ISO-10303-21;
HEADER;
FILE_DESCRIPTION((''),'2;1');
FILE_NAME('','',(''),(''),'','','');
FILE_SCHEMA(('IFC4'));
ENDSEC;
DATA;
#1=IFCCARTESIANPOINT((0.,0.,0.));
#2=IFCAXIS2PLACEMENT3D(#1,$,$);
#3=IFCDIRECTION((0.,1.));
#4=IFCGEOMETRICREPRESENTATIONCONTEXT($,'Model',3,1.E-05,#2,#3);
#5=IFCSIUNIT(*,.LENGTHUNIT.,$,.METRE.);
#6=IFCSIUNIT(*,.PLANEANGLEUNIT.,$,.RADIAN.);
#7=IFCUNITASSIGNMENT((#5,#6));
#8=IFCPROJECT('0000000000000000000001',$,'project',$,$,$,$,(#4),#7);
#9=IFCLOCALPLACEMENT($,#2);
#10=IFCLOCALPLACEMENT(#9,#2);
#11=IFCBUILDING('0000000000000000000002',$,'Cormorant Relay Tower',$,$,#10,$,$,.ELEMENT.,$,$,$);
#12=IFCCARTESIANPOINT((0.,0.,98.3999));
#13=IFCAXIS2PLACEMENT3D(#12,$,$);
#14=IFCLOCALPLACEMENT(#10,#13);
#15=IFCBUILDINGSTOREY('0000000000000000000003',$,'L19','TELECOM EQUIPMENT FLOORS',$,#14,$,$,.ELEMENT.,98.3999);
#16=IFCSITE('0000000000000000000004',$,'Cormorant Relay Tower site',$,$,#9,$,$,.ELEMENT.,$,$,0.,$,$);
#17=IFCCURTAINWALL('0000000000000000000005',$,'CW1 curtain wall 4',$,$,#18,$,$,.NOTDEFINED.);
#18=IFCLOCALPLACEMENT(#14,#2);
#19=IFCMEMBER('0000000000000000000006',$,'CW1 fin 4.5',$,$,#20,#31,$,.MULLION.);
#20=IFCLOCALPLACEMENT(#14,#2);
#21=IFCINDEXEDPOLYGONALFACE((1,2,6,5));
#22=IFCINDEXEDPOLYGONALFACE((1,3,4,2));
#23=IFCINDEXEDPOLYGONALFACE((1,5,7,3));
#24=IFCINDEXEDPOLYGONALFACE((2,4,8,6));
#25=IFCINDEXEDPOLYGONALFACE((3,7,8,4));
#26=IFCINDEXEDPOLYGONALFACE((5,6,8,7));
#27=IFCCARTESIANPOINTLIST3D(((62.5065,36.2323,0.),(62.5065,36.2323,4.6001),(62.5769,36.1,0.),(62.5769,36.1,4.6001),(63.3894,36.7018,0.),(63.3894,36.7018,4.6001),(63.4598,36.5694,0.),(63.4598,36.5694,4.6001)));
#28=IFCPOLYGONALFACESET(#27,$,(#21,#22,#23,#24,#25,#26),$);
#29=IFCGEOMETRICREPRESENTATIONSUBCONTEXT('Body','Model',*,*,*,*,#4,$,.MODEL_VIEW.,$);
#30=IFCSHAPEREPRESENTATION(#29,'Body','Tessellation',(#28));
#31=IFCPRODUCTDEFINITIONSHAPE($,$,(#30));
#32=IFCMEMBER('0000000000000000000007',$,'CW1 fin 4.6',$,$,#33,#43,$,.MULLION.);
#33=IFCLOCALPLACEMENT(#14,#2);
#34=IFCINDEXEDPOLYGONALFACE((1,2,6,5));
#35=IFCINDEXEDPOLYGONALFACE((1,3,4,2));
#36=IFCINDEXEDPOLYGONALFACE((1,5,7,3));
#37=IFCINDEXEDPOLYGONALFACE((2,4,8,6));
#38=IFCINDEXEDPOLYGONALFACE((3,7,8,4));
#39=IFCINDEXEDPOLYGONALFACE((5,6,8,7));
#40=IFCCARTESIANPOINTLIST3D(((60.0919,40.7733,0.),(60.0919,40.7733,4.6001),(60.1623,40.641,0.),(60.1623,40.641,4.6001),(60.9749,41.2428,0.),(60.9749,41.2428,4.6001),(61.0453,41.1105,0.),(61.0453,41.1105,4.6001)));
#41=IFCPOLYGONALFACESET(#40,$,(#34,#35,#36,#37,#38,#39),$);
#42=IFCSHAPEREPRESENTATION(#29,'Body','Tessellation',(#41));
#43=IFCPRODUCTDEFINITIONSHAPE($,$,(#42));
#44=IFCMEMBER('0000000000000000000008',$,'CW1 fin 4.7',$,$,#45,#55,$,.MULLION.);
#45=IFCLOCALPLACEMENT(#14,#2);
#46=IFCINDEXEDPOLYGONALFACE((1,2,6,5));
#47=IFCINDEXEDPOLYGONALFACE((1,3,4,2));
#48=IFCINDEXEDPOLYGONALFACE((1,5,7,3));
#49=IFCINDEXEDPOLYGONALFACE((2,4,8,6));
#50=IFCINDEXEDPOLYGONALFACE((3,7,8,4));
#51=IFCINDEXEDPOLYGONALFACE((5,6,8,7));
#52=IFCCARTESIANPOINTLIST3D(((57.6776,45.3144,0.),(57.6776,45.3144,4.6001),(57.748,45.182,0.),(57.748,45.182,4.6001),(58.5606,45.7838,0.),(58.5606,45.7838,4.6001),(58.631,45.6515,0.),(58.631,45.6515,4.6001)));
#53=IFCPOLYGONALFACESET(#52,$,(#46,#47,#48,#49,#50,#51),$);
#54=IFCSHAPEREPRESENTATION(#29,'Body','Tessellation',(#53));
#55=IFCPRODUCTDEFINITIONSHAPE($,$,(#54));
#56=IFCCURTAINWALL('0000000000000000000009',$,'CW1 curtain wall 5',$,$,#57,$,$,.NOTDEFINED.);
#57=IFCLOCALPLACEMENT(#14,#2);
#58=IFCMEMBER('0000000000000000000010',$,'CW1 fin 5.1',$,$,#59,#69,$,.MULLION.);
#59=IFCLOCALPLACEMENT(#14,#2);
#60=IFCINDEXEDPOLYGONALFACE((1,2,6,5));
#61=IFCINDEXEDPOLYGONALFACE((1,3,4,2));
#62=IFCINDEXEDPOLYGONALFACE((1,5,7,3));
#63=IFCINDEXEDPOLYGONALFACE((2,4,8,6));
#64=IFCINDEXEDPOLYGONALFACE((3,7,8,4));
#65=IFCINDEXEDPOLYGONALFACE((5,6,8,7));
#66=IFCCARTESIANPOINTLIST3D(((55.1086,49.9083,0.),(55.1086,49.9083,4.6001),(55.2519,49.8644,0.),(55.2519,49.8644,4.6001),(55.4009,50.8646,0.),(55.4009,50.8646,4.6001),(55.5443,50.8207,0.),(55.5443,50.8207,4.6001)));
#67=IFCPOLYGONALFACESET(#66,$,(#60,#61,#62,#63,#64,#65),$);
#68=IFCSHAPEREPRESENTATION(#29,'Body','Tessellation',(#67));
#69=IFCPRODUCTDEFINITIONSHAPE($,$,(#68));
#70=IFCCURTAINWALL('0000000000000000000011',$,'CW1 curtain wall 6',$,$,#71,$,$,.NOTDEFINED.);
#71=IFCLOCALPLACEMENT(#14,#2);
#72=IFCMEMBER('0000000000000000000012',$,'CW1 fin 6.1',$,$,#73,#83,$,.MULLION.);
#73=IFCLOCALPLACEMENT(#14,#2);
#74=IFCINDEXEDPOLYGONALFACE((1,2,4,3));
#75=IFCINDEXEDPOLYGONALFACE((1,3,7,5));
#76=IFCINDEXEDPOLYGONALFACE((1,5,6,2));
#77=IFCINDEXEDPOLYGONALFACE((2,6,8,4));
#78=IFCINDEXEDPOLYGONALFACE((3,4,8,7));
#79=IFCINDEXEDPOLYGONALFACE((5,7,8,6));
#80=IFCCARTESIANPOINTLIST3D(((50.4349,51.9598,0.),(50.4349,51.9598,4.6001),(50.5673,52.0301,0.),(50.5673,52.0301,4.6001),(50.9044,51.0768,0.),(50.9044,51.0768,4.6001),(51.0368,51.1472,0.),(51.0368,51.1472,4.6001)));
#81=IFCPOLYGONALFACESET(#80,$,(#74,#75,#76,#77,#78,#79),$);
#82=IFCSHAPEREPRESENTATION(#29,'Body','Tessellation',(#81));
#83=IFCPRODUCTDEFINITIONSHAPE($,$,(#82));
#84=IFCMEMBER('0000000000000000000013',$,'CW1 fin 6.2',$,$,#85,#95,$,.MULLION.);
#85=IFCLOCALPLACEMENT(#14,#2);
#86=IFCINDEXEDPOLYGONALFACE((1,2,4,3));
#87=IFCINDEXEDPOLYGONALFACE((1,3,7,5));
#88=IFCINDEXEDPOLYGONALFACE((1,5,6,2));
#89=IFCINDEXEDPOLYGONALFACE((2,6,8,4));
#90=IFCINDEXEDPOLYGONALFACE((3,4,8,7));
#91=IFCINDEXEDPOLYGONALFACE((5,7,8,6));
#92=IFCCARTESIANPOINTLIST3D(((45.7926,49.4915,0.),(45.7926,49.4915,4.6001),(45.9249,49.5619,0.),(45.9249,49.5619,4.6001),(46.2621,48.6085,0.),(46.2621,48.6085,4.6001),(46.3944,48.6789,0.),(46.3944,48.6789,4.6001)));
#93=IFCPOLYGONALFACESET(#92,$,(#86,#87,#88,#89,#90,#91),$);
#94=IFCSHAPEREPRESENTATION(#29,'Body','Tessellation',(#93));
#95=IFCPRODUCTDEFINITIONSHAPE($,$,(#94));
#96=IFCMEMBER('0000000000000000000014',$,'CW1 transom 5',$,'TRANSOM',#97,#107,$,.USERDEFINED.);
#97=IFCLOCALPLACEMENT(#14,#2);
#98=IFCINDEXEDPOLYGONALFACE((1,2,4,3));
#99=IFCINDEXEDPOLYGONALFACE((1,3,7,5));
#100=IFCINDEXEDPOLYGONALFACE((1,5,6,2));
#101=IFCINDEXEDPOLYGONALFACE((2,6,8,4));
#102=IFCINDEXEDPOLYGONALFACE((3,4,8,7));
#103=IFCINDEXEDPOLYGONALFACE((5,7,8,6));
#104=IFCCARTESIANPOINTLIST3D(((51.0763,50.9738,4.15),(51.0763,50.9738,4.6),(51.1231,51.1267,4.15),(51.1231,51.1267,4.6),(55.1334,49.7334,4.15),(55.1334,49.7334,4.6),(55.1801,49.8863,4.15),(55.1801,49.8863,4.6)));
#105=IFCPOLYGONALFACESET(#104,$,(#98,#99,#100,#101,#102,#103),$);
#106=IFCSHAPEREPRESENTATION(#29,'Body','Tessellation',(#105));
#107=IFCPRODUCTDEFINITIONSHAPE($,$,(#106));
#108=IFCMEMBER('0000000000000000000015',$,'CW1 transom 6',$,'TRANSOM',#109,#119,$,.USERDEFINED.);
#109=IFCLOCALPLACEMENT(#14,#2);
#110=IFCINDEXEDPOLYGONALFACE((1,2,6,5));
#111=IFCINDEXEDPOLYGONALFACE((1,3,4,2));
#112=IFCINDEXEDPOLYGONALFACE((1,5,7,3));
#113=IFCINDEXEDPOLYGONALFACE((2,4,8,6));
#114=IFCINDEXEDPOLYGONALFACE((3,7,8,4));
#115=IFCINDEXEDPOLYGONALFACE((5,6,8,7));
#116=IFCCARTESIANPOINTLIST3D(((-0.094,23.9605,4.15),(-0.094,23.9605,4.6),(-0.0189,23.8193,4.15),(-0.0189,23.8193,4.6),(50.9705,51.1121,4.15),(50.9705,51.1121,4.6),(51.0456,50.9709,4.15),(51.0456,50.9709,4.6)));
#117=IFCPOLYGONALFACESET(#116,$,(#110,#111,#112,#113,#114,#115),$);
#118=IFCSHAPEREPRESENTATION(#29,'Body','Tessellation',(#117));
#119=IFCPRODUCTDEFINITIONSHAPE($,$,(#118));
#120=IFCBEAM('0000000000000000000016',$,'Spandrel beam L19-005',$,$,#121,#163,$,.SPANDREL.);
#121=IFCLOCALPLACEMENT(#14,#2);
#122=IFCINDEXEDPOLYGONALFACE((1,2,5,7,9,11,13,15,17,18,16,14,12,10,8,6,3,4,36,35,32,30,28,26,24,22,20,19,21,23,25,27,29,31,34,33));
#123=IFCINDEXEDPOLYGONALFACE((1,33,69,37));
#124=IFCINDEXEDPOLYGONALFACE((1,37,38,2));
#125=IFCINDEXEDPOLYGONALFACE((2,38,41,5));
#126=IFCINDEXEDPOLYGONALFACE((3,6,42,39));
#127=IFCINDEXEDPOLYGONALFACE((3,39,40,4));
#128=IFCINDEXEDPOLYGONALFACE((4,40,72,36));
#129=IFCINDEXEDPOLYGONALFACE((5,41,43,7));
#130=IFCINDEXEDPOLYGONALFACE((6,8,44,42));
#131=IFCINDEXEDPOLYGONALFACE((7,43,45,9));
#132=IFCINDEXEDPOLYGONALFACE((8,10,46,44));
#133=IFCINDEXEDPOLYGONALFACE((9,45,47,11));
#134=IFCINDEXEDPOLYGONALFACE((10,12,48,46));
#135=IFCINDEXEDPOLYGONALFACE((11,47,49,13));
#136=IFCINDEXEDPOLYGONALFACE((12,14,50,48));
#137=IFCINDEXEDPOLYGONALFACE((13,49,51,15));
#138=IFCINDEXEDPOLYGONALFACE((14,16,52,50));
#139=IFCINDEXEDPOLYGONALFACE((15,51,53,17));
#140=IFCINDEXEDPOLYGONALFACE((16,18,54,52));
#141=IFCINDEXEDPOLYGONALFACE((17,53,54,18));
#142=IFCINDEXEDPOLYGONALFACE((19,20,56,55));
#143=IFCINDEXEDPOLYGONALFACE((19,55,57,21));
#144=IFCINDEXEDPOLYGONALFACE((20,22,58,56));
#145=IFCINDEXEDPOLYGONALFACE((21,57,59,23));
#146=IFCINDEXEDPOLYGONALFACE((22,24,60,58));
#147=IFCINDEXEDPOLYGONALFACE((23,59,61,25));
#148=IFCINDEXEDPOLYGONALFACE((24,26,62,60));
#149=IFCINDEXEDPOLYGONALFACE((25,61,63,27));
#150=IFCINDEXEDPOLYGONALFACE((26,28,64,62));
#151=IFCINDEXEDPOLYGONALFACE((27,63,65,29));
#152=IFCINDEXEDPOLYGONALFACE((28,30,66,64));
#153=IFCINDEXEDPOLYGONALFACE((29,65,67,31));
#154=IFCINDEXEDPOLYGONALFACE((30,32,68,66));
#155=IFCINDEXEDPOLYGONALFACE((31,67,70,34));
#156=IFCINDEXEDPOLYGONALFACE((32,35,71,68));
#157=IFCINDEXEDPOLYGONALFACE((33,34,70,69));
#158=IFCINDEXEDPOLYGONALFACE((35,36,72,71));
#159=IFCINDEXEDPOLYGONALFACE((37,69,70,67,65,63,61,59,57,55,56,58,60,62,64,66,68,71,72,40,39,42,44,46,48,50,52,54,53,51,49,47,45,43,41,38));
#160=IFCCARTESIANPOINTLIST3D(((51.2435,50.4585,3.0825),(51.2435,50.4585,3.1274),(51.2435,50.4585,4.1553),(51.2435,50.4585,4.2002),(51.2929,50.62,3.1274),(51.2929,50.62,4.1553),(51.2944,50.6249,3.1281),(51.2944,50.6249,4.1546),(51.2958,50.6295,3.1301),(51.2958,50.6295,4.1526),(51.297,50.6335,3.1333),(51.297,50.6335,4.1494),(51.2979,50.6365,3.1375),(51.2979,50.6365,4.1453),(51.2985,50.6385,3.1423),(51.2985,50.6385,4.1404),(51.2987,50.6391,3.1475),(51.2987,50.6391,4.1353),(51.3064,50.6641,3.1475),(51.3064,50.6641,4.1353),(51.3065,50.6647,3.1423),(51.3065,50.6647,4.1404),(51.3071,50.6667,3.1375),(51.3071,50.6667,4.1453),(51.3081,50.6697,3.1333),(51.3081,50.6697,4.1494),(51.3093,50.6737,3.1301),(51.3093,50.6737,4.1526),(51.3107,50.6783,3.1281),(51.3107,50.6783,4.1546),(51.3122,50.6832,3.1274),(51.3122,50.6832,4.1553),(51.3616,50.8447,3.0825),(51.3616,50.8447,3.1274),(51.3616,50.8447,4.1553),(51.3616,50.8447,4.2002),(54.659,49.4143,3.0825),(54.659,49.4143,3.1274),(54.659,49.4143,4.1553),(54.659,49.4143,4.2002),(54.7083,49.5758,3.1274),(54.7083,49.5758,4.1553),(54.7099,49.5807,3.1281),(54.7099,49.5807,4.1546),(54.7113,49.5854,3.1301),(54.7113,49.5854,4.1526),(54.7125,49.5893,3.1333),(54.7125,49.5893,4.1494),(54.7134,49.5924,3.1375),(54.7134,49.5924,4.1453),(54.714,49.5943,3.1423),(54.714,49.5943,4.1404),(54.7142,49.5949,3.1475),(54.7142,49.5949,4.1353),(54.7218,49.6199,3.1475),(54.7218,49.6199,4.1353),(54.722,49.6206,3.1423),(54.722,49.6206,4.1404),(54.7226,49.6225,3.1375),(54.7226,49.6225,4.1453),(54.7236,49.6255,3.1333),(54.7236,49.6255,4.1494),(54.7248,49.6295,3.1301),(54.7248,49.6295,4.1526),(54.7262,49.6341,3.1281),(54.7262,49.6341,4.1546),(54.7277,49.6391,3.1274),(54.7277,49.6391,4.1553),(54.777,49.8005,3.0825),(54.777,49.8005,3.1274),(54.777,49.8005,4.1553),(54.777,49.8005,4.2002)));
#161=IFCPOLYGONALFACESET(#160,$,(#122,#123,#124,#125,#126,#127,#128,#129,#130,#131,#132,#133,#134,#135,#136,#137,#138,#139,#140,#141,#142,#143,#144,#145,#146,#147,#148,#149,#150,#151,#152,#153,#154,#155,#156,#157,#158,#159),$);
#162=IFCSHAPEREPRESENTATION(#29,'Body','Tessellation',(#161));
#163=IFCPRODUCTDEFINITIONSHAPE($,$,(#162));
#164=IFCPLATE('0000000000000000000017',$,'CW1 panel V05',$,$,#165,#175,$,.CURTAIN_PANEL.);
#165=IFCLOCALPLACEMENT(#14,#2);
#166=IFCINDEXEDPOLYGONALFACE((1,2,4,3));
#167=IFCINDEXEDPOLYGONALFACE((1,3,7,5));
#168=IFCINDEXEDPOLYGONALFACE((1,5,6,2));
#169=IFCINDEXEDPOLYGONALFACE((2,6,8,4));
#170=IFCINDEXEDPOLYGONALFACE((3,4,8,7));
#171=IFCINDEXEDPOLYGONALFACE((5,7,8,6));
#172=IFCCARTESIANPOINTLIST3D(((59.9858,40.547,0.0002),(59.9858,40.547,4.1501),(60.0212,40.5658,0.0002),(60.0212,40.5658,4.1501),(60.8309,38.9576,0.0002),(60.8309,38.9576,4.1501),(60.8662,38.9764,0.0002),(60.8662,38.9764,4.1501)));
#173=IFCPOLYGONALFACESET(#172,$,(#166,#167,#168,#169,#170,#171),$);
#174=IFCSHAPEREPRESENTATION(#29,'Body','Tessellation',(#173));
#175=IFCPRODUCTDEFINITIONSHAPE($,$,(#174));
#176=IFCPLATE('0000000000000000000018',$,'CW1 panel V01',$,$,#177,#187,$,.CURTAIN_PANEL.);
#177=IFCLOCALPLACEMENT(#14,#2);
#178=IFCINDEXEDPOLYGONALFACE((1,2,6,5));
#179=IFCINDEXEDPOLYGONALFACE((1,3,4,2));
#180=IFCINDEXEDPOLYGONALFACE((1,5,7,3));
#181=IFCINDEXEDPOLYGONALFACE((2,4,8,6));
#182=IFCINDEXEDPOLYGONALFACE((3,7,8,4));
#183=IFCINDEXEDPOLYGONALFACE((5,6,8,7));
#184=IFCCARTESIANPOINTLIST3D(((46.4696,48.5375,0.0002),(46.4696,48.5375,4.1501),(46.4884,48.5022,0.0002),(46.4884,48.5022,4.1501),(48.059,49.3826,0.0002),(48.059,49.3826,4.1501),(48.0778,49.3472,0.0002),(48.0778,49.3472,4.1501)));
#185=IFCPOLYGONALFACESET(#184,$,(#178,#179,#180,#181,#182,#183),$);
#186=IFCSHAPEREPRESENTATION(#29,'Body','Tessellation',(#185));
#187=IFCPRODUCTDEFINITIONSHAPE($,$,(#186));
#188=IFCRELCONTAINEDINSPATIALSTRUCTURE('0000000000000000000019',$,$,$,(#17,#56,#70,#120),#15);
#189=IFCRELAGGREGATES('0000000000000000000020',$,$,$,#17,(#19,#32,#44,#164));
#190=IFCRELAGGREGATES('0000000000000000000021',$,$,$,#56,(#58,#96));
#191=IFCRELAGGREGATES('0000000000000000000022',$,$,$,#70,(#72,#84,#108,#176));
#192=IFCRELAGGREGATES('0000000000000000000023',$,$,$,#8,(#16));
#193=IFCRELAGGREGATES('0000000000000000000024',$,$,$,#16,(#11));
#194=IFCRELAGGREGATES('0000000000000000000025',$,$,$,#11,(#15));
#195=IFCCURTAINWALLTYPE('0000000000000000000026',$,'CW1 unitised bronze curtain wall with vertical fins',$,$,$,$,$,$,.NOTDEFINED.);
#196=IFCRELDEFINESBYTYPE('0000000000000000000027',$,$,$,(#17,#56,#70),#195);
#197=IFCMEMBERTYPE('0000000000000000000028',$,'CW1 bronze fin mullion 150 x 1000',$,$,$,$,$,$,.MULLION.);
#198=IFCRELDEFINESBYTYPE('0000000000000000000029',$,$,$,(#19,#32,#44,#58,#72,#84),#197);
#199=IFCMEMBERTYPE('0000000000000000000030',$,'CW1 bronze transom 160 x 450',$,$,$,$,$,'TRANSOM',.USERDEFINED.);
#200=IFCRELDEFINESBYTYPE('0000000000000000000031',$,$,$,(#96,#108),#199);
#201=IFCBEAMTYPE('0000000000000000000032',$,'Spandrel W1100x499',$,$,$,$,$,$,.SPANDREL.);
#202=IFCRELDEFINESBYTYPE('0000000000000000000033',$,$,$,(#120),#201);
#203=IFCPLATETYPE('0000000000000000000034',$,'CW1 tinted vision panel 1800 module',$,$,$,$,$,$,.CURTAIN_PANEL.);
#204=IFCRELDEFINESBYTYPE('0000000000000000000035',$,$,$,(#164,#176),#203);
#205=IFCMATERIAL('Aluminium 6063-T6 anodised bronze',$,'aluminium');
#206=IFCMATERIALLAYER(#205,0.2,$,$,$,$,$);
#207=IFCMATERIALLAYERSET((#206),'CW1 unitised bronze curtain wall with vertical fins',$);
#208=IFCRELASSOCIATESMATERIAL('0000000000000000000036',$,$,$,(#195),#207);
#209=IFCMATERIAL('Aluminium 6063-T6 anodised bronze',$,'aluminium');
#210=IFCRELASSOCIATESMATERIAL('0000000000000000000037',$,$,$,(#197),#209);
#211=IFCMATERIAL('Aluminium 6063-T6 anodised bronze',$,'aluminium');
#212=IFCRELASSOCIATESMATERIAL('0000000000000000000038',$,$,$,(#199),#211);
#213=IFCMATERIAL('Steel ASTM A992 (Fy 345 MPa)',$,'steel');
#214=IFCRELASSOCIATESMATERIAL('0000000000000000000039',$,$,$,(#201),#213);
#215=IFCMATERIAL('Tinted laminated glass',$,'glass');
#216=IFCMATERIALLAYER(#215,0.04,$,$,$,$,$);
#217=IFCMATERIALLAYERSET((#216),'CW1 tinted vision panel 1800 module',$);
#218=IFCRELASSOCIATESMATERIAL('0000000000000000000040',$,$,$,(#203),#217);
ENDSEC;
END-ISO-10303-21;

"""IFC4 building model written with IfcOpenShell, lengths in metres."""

from ifc_helpers import new_model, si_unit, direction, frame, origin, origin_2d, place, context, subcontext, project, spatial, rectangle, i_section, extrude, material, layer, layer_set, material_profile, profile_set, type_object, element, aggregate, save


model = new_model("IFC4")

# Units and contexts
model_context = context("Model", 3, precision=1e-05, world=origin(), true_north=direction((0.0, 1.0)))
body_context = subcontext(model_context, "Body", "Model", "MODEL_VIEW")
ifc_project = project(units=[si_unit("LENGTHUNIT", "METRE"), si_unit("PLANEANGLEUNIT", "RADIAN")], contexts=[model_context])

# Site, building, storey
site_placement = place(None, origin())
site = spatial("IfcSite", under=ifc_project, at=site_placement, Name="Cormorant Relay Tower site", CompositionType="ELEMENT", RefElevation=0.0)
building_placement = place(site_placement, origin())
building = spatial("IfcBuilding", under=site, at=building_placement, Name="Cormorant Relay Tower", CompositionType="ELEMENT")
storey_placement = place(building_placement, frame((0.0, 0.0, 98.3999)))
storey = spatial("IfcBuildingStorey", under=building, at=storey_placement, Name="L19", Description="TELECOM EQUIPMENT FLOORS", CompositionType="ELEMENT", Elevation=98.3999)

# Curtain wall, members
ifc_material_1 = material(Name="Aluminium 6063-T6 anodised bronze", Category="aluminium")
ifc_layer_1 = layer(ifc_material_1, 0.2)
ifc_layer_set_1 = layer_set([ifc_layer_1], Name="CW1 unitised bronze curtain wall with vertical fins")
curtain_wall_type = type_object("IfcCurtainWallType", Name="CW1 unitised bronze curtain wall with vertical fins", PredefinedType="NOTDEFINED", material=ifc_layer_set_1)
curtain_wall_1_placement = place(storey_placement, origin())
curtain_wall_1 = element("IfcCurtainWall", 1, at=curtain_wall_1_placement, inside=storey, type_object=curtain_wall_type, Name="CW1 curtain wall 4", PredefinedType="NOTDEFINED")
ifc_material_2 = material(Name="Aluminium 6063-T6 anodised bronze", Category="aluminium")
ifc_material_profile_1 = material_profile(ifc_material_2, rectangle(XDim=0.1499, YDim=1.0, at=origin_2d()), Name="AL 150x1000")
ifc_profile_set_1 = profile_set([ifc_material_profile_1], Name="Aluminium 6063-T6 anodised bronze")
member_type_1 = type_object("IfcMemberType", Name="CW1 bronze fin mullion 150 x 1000", PredefinedType="MULLION", material=ifc_profile_set_1)
member_1_placement = place(storey_placement, frame((62.9832, 36.4009, 0.0), z_axis=(0.0, 0.0, 1.0), x_axis=(-0.469472, 0.882948, 0.0)))
member_1 = element("IfcMember", 2, at=member_1_placement, type_object=member_type_1, Name="CW1 fin 4.5", PredefinedType="MULLION", context=body_context, shape_type="SweptSolid", body=[
    extrude(rectangle(XDim=0.1499, YDim=1.0, at=origin_2d()), origin(), (0.0, 0.0, 1.0), 4.6001),
])
member_2_placement = place(storey_placement, frame((60.5686, 40.9419, 0.0), z_axis=(0.0, 0.0, 1.0), x_axis=(-0.469472, 0.882948, 0.0)))
member_2 = element("IfcMember", 3, at=member_2_placement, type_object=member_type_1, Name="CW1 fin 4.6", PredefinedType="MULLION", context=body_context, shape_type="SweptSolid", body=[
    extrude(rectangle(XDim=0.1499, YDim=1.0, at=origin_2d()), origin(), (0.0, 0.0, 1.0), 4.6001),
])
member_3_placement = place(storey_placement, frame((58.1543, 45.4829, 0.0), z_axis=(0.0, 0.0, 1.0), x_axis=(-0.469472, 0.882948, 0.0)))
member_3 = element("IfcMember", 4, at=member_3_placement, type_object=member_type_1, Name="CW1 fin 4.7", PredefinedType="MULLION", context=body_context, shape_type="SweptSolid", body=[
    extrude(rectangle(XDim=0.1499, YDim=1.0, at=origin_2d()), origin(), (0.0, 0.0, 1.0), 4.6001),
])

# Curtain wall, member
curtain_wall_2_placement = place(storey_placement, origin())
curtain_wall_2 = element("IfcCurtainWall", 5, at=curtain_wall_2_placement, inside=storey, type_object=curtain_wall_type, Name="CW1 curtain wall 5", PredefinedType="NOTDEFINED")
member_4_placement = place(storey_placement, frame((55.3264, 50.3645, 0.0), z_axis=(0.0, 0.0, 1.0), x_axis=(-0.956305, 0.292372, 0.0)))
member_4 = element("IfcMember", 6, at=member_4_placement, type_object=member_type_1, Name="CW1 fin 5.1", PredefinedType="MULLION", context=body_context, shape_type="SweptSolid", body=[
    extrude(rectangle(XDim=0.1499, YDim=1.0, at=origin_2d()), origin(), (0.0, 0.0, 1.0), 4.6001),
])

# Curtain wall, members
curtain_wall_3_placement = place(storey_placement, origin())
curtain_wall_3 = element("IfcCurtainWall", 7, at=curtain_wall_3_placement, inside=storey, type_object=curtain_wall_type, Name="CW1 curtain wall 6", PredefinedType="NOTDEFINED")
member_5_placement = place(storey_placement, frame((50.7358, 51.5535, 0.0), z_axis=(0.0, 0.0, 1.0), x_axis=(-0.882948, -0.469472, 0.0)))
member_5 = element("IfcMember", 8, at=member_5_placement, type_object=member_type_1, Name="CW1 fin 6.1", PredefinedType="MULLION", context=body_context, shape_type="SweptSolid", body=[
    extrude(rectangle(XDim=0.1499, YDim=1.0, at=origin_2d()), origin(), (0.0, 0.0, 1.0), 4.6001),
])
member_6_placement = place(storey_placement, frame((46.0935, 49.0852, 0.0), z_axis=(0.0, 0.0, 1.0), x_axis=(-0.882948, -0.469472, 0.0)))
member_6 = element("IfcMember", 9, at=member_6_placement, type_object=member_type_1, Name="CW1 fin 6.2", PredefinedType="MULLION", context=body_context, shape_type="SweptSolid", body=[
    extrude(rectangle(XDim=0.1499, YDim=1.0, at=origin_2d()), origin(), (0.0, 0.0, 1.0), 4.6001),
])

# Members
ifc_material_3 = material(Name="Aluminium 6063-T6 anodised bronze", Category="aluminium")
ifc_material_profile_2 = material_profile(ifc_material_3, rectangle(XDim=0.1599, YDim=0.45, at=origin_2d()), Name="AL 160x450")
ifc_profile_set_2 = profile_set([ifc_material_profile_2], Name="Aluminium 6063-T6 anodised bronze")
member_type_2 = type_object("IfcMemberType", Name="CW1 bronze transom 160 x 450", ElementType="TRANSOM", PredefinedType="USERDEFINED", material=ifc_profile_set_2)
member_7_placement = place(storey_placement, frame((55.1567, 49.8098, 4.375), z_axis=(-0.956299, 0.292391, 0.0), x_axis=(-0.292391, -0.956299, 0.0)))
member_7 = element("IfcMember", 10, at=member_7_placement, type_object=member_type_2, Name="CW1 transom 5", ObjectType="TRANSOM", PredefinedType="USERDEFINED", context=body_context, shape_type="SweptSolid", body=[
    extrude(rectangle(XDim=0.1599, YDim=0.45, at=origin_2d()), origin(), (0.0, 0.0, 1.0), 4.2424),
])
member_8_placement = place(storey_placement, frame((51.0081, 51.0415, 4.375), z_axis=(-0.882946, -0.469474, 0.0), x_axis=(0.469474, -0.882946, 0.0)))
member_8 = element("IfcMember", 11, at=member_8_placement, type_object=member_type_2, Name="CW1 transom 6", ObjectType="TRANSOM", PredefinedType="USERDEFINED", context=body_context, shape_type="SweptSolid", body=[
    extrude(rectangle(XDim=0.1599, YDim=0.45, at=origin_2d()), origin(), (0.0, 0.0, 1.0), 57.8342),
])

# Beam
ifc_material_4 = material(Name="Steel ASTM A992 (Fy 345 MPa)", Category="steel")
ifc_material_profile_3 = material_profile(ifc_material_4, i_section(OverallWidth=0.4038, OverallDepth=1.1177, WebThickness=0.0261, FlangeThickness=0.0449, FilletRadius=0.02, at=origin_2d()), Name="W1100x499")
ifc_profile_set_3 = profile_set([ifc_material_profile_3], Name="Steel ASTM A992 (Fy 345 MPa)")
beam_type = type_object("IfcBeamType", Name="Spandrel W1100x499", PredefinedType="SPANDREL", material=ifc_profile_set_3)
beam_placement = place(storey_placement, frame((54.718, 49.6074, 3.6414), z_axis=(-0.956308, 0.292361, 0.0), x_axis=(-0.292361, -0.956308, 0.0)))
element("IfcBeam", 12, at=beam_placement, inside=storey, type_object=beam_type, Name="Spandrel beam L19-005", PredefinedType="SPANDREL", context=body_context, shape_type="SweptSolid", body=[
    extrude(i_section(OverallWidth=0.4038, OverallDepth=1.1177, WebThickness=0.0261, FlangeThickness=0.0449, FilletRadius=0.02, at=origin_2d()), origin(), (0.0, 0.0, 1.0), 3.5715),
])

# Plates
ifc_material_5 = material(Name="Tinted laminated glass", Category="glass")
ifc_layer_2 = layer(ifc_material_5, 0.04)
ifc_layer_set_2 = layer_set([ifc_layer_2], Name="CW1 tinted vision panel 1800 module")
plate_type_1 = type_object("IfcPlateType", Name="CW1 tinted vision panel 1800 module", PredefinedType="CURTAIN_PANEL", material=ifc_layer_set_2)
plate_1_placement = place(storey_placement, frame((60.426, 39.7617, 0.0002), z_axis=(0.0, 0.0, 1.0), x_axis=(-0.469472, 0.882948, 0.0)))
plate_1 = element("IfcPlate", 13, at=plate_1_placement, type_object=plate_type_1, Name="CW1 panel V05", PredefinedType="CURTAIN_PANEL", context=body_context, shape_type="SweptSolid", body=[
    extrude(rectangle(XDim=1.8, YDim=0.04, at=origin_2d()), origin(), (0.0, 0.0, 1.0), 4.1499),
])
plate_2_placement = place(storey_placement, frame((47.2737, 48.9424, 0.0002), z_axis=(0.0, 0.0, 1.0), x_axis=(-0.882948, -0.469472, 0.0)))
plate_2 = element("IfcPlate", 14, at=plate_2_placement, type_object=plate_type_1, Name="CW1 panel V01", PredefinedType="CURTAIN_PANEL", context=body_context, shape_type="SweptSolid", body=[
    extrude(rectangle(XDim=1.8, YDim=0.04, at=origin_2d()), origin(), (0.0, 0.0, 1.0), 4.1499),
])

aggregate(curtain_wall_1, [member_1, member_2, member_3, plate_1])
aggregate(curtain_wall_2, [member_4, member_7])
aggregate(curtain_wall_3, [member_5, member_6, member_8, plate_2])

save(model, "model.ifc")
